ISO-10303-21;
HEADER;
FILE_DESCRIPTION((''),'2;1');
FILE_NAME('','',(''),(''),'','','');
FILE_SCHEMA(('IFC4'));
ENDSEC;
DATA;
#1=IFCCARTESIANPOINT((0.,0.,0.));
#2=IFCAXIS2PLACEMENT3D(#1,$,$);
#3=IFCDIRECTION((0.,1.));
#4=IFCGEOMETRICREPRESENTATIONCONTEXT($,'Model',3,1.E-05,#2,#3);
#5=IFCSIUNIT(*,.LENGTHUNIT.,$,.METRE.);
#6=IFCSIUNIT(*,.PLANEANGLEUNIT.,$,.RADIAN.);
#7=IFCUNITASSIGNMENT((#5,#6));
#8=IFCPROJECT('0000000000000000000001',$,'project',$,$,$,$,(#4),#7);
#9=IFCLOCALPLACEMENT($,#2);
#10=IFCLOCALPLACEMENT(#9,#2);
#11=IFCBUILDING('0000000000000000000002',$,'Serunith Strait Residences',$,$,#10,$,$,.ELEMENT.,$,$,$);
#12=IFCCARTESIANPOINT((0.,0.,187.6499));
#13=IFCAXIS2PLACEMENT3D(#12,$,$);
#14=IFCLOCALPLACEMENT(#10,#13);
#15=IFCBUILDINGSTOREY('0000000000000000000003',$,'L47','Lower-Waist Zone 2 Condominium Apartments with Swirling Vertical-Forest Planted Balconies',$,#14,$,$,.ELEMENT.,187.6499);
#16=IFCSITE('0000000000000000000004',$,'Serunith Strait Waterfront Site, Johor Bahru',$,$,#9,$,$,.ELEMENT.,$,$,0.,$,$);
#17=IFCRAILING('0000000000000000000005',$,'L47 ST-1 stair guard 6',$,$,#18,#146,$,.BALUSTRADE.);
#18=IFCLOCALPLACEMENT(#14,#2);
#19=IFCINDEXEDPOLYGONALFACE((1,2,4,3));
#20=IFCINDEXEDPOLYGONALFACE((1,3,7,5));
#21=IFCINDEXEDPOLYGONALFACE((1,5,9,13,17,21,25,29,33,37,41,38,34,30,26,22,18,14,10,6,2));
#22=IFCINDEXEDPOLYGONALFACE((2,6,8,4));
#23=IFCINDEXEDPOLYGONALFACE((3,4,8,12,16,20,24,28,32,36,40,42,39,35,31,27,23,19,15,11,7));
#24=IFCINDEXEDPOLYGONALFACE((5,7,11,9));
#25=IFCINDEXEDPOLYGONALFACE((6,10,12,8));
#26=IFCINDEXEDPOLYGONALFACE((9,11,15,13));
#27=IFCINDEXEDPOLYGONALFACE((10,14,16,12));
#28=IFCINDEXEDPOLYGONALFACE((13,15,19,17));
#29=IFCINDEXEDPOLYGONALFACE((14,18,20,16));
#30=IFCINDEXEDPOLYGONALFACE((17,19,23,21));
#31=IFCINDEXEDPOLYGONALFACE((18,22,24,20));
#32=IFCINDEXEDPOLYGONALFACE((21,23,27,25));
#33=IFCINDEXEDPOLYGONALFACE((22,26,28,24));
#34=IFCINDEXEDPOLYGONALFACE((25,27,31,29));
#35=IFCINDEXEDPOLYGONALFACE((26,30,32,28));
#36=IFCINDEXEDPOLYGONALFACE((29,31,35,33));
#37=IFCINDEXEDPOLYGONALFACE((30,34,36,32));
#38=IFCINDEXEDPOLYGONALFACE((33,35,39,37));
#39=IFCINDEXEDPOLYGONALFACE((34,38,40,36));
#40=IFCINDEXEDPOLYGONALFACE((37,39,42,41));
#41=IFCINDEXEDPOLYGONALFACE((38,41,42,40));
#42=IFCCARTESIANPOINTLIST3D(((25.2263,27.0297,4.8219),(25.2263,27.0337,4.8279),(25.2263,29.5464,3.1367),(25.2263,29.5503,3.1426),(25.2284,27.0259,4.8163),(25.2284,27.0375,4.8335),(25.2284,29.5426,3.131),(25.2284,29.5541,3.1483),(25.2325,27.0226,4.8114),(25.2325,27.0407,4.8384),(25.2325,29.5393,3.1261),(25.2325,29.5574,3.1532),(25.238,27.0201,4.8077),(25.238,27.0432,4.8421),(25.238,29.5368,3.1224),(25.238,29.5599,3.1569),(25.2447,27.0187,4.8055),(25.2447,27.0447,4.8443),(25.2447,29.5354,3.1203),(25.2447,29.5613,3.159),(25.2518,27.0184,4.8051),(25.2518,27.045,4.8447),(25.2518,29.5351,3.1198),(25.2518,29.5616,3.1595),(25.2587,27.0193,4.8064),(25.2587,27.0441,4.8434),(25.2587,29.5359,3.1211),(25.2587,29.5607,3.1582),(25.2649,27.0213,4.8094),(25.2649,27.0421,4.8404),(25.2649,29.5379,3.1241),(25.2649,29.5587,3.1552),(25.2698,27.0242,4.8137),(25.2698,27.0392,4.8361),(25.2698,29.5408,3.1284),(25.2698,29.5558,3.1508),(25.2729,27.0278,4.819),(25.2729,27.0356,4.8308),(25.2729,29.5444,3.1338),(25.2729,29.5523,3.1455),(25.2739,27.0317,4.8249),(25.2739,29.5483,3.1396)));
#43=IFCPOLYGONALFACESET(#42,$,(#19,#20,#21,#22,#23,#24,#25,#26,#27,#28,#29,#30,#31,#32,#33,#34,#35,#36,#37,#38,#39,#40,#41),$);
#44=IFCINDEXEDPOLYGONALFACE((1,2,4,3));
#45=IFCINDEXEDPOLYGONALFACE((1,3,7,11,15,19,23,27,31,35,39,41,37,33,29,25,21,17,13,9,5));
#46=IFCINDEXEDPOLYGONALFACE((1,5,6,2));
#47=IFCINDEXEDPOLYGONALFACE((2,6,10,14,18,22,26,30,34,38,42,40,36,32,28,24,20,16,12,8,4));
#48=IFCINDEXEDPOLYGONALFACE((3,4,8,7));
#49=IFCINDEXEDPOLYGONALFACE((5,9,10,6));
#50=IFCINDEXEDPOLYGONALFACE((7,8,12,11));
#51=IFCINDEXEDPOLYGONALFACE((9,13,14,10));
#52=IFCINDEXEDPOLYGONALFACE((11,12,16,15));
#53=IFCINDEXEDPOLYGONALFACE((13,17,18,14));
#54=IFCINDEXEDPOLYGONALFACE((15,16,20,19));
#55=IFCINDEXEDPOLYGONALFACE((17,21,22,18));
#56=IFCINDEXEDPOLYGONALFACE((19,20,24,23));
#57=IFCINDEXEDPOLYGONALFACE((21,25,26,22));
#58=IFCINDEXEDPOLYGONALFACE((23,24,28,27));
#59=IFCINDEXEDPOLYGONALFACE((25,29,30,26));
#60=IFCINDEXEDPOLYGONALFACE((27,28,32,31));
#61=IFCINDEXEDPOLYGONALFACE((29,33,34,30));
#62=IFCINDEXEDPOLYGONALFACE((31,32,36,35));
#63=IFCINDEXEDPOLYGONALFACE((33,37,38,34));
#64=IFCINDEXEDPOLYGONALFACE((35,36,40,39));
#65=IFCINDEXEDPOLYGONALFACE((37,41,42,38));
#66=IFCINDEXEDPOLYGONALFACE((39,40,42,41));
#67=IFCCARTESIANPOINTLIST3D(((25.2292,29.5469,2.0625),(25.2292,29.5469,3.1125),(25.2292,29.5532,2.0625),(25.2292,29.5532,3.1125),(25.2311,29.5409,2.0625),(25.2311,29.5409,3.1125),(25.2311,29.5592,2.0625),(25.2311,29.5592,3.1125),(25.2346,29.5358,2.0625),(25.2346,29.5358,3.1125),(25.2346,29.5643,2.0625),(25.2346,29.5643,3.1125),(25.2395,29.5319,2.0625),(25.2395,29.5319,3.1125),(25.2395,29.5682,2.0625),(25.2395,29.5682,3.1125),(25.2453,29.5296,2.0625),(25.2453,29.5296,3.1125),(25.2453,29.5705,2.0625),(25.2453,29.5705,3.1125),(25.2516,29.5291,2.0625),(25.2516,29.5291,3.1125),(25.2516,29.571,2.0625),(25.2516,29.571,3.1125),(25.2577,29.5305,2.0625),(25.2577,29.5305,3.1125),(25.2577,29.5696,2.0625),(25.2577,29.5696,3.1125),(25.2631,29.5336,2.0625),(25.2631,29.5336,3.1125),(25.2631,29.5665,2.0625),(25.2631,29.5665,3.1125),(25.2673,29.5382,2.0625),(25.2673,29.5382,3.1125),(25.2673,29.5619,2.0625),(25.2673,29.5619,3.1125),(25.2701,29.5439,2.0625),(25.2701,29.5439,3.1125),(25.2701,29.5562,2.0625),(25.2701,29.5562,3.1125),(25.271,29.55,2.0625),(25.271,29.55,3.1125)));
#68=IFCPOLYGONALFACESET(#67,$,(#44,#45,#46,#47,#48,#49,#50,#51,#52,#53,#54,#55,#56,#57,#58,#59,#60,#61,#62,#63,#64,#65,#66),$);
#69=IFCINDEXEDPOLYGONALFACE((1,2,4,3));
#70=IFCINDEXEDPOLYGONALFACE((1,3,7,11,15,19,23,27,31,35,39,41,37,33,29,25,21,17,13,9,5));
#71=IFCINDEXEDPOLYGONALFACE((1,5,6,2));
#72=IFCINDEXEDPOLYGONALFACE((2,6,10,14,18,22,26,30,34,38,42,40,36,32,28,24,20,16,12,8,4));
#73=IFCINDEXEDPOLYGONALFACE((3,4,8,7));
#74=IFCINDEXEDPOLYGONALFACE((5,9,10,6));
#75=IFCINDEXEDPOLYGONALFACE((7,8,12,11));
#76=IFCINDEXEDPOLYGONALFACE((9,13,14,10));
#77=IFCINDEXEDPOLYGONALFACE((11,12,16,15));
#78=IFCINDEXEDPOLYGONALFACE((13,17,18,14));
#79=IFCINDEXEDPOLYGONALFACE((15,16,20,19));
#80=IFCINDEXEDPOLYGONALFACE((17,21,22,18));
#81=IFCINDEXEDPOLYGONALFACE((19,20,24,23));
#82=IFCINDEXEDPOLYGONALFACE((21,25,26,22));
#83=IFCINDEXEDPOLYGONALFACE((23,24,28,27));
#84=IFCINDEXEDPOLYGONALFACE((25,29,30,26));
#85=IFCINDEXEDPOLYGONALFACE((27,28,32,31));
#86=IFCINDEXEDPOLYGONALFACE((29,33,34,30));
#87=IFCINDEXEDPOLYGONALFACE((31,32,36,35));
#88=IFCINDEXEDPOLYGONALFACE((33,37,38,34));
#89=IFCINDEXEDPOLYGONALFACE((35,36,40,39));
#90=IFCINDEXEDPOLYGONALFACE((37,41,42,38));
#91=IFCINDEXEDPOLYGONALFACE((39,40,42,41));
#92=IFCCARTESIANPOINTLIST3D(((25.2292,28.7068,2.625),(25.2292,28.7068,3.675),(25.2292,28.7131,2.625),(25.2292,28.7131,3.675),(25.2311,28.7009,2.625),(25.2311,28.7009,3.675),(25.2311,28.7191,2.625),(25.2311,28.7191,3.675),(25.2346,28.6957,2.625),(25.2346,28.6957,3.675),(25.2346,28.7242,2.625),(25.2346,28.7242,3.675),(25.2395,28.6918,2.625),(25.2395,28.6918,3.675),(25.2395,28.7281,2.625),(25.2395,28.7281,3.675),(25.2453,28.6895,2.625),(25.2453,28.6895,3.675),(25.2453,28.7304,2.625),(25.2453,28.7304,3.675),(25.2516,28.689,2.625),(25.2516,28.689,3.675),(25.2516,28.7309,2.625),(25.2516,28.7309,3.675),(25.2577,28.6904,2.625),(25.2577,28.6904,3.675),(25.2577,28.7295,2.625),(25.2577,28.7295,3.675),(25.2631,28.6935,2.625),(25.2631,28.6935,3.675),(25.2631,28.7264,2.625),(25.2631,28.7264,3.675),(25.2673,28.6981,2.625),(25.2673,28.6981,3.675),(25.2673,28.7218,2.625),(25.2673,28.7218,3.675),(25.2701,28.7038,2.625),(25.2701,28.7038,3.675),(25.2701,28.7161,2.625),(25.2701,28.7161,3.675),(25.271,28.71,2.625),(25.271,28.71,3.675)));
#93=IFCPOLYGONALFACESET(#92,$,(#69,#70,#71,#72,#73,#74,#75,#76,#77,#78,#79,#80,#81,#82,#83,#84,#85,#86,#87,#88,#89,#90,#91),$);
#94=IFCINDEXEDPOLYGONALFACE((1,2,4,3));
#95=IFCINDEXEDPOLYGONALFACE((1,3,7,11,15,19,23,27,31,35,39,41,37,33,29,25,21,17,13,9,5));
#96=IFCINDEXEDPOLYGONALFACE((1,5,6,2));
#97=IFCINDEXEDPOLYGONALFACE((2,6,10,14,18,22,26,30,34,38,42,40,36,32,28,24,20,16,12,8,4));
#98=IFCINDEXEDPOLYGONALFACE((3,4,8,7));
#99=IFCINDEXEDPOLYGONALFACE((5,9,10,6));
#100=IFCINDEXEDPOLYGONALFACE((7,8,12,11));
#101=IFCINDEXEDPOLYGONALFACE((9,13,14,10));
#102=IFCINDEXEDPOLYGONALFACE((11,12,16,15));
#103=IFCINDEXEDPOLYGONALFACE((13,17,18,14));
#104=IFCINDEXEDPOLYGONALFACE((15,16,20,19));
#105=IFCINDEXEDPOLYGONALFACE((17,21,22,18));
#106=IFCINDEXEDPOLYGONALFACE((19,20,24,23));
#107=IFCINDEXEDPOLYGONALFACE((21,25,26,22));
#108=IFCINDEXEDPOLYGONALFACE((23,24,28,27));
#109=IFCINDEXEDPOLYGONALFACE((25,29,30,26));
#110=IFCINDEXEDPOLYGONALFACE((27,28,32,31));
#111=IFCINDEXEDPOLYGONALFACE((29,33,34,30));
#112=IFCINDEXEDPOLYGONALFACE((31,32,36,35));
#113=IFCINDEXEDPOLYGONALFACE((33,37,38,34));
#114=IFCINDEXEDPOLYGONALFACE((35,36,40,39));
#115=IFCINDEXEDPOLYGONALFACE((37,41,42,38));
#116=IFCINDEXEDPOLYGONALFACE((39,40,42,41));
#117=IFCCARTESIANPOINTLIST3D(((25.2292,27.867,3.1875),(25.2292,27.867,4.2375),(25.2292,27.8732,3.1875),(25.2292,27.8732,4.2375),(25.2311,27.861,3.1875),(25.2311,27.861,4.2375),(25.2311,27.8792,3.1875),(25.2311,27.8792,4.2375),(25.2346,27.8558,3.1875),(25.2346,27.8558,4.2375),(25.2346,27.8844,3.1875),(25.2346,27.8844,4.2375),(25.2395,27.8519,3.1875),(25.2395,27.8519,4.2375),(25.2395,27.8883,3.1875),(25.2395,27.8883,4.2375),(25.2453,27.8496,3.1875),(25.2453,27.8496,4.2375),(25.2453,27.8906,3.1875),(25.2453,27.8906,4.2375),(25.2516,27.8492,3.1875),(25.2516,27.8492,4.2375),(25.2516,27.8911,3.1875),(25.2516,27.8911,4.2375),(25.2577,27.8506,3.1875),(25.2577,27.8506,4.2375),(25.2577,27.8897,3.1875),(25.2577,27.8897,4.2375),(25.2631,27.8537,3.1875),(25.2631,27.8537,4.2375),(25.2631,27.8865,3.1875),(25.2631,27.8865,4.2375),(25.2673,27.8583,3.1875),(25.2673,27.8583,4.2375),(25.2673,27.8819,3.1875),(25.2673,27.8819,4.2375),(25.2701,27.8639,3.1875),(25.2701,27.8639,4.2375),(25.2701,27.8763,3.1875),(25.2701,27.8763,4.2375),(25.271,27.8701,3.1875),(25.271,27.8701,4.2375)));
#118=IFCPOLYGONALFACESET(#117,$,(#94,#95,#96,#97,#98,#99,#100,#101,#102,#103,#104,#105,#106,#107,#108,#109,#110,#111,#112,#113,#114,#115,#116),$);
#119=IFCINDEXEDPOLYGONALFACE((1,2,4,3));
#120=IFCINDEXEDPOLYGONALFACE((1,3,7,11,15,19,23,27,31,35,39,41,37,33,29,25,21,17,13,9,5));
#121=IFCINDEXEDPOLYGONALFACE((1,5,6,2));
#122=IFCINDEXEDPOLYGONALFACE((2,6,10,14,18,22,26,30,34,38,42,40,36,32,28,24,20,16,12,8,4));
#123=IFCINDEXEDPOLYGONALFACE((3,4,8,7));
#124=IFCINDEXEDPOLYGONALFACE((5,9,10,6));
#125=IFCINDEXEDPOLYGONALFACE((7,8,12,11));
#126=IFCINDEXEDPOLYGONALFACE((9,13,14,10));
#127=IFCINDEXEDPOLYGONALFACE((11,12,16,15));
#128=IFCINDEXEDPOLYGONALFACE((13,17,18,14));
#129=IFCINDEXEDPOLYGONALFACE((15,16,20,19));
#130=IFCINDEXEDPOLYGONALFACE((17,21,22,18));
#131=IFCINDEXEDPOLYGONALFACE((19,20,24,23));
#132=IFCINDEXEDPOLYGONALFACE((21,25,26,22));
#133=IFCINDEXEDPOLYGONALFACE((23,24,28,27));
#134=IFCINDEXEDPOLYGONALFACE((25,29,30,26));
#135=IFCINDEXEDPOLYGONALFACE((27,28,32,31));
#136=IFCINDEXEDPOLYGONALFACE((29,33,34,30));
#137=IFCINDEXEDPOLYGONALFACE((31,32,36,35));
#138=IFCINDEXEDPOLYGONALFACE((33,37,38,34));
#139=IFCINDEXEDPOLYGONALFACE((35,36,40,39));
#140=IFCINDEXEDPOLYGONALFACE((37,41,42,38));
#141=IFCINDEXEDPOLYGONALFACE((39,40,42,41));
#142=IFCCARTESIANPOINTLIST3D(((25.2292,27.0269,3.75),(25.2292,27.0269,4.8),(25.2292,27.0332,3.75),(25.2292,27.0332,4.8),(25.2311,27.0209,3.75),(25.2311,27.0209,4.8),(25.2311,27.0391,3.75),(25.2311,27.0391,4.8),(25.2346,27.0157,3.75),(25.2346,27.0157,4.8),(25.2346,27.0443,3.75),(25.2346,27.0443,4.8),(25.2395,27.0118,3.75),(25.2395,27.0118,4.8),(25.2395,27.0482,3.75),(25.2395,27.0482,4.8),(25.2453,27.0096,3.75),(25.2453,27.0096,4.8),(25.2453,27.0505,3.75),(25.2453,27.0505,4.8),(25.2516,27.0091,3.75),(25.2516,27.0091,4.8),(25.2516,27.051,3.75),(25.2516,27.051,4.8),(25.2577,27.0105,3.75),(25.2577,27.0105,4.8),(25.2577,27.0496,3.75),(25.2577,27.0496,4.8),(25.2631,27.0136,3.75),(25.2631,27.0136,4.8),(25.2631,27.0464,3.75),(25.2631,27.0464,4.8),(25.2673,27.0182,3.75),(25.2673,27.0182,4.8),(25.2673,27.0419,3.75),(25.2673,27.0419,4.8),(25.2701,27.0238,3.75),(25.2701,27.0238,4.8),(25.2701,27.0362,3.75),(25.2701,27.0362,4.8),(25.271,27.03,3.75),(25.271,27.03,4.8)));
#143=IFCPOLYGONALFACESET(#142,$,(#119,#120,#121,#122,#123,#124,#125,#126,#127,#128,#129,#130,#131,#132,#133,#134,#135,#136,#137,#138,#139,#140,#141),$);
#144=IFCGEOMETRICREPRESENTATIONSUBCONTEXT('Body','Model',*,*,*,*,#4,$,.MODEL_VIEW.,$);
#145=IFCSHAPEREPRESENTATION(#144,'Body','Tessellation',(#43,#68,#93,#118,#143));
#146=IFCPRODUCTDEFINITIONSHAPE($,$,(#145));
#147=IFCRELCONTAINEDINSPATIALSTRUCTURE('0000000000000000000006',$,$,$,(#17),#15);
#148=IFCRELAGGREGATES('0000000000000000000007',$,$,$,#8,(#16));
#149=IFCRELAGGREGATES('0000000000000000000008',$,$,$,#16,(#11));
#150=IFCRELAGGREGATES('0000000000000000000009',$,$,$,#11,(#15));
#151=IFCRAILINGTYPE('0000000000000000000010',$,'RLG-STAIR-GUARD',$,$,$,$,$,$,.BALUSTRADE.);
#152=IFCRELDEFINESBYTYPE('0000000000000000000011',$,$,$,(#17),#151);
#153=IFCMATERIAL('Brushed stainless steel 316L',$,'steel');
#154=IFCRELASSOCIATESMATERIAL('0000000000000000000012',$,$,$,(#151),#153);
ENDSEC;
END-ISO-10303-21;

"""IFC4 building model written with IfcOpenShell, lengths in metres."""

from ifc_helpers import new_model, si_unit, direction, frame, origin, origin_2d, place, context, subcontext, project, spatial, circle, extrude, material, type_object, element, save


model = new_model("IFC4")

# Units and contexts
model_context = context("Model", 3, precision=1e-05, world=origin(), true_north=direction((0.0, 1.0)))
body_context = subcontext(model_context, "Body", "Model", "MODEL_VIEW")
ifc_project = project(units=[si_unit("LENGTHUNIT", "METRE"), si_unit("PLANEANGLEUNIT", "RADIAN")], contexts=[model_context])

# Site, building, storey
site_placement = place(None, origin())
site = spatial("IfcSite", under=ifc_project, at=site_placement, Name="Serunith Strait Waterfront Site, Johor Bahru", CompositionType="ELEMENT", RefElevation=0.0)
building_placement = place(site_placement, origin())
building = spatial("IfcBuilding", under=site, at=building_placement, Name="Serunith Strait Residences", CompositionType="ELEMENT")
storey_placement = place(building_placement, frame((0.0, 0.0, 187.6499)))
storey = spatial("IfcBuildingStorey", under=building, at=storey_placement, Name="L47", Description="Lower-Waist Zone 2 Condominium Apartments with Swirling Vertical-Forest Planted Balconies", CompositionType="ELEMENT", Elevation=187.6499)

# Railing
ifc_material_1 = material(Name="Brushed stainless steel 316L", Category="steel")
railing_type_1 = type_object("IfcRailingType", Name="RLG-STAIR-GUARD", PredefinedType="BALUSTRADE", material=ifc_material_1)
railing_1_placement = place(storey_placement, frame((25.25, 29.55, 2.0625)))
element("IfcRailing", 1, at=railing_1_placement, inside=storey, type_object=railing_type_1, Name="L47 ST-1 stair guard 6", PredefinedType="BALUSTRADE", context=body_context, shape_type="SweptSolid", body=[
    extrude(circle(Radius=0.0239, at=origin_2d()), frame((0.0, -0.0017, 1.0771), z_axis=(0.0, -0.830909, 0.556408), x_axis=(1.0, 0.0, 0.0)), (0.0, 0.0, 1.0), 3.0288),
    extrude(circle(Radius=0.021, at=origin_2d()), origin(), (0.0, 0.0, 1.0), 1.05),
    extrude(circle(Radius=0.021, at=origin_2d()), frame((0.0, -0.8401, 0.5625)), (0.0, 0.0, 1.0), 1.05),
    extrude(circle(Radius=0.021, at=origin_2d()), frame((0.0, -1.6799, 1.125)), (0.0, 0.0, 1.0), 1.05),
    extrude(circle(Radius=0.021, at=origin_2d()), frame((0.0, -2.52, 1.6875)), (0.0, 0.0, 1.0), 1.05),
])

save(model, "model.ifc")
